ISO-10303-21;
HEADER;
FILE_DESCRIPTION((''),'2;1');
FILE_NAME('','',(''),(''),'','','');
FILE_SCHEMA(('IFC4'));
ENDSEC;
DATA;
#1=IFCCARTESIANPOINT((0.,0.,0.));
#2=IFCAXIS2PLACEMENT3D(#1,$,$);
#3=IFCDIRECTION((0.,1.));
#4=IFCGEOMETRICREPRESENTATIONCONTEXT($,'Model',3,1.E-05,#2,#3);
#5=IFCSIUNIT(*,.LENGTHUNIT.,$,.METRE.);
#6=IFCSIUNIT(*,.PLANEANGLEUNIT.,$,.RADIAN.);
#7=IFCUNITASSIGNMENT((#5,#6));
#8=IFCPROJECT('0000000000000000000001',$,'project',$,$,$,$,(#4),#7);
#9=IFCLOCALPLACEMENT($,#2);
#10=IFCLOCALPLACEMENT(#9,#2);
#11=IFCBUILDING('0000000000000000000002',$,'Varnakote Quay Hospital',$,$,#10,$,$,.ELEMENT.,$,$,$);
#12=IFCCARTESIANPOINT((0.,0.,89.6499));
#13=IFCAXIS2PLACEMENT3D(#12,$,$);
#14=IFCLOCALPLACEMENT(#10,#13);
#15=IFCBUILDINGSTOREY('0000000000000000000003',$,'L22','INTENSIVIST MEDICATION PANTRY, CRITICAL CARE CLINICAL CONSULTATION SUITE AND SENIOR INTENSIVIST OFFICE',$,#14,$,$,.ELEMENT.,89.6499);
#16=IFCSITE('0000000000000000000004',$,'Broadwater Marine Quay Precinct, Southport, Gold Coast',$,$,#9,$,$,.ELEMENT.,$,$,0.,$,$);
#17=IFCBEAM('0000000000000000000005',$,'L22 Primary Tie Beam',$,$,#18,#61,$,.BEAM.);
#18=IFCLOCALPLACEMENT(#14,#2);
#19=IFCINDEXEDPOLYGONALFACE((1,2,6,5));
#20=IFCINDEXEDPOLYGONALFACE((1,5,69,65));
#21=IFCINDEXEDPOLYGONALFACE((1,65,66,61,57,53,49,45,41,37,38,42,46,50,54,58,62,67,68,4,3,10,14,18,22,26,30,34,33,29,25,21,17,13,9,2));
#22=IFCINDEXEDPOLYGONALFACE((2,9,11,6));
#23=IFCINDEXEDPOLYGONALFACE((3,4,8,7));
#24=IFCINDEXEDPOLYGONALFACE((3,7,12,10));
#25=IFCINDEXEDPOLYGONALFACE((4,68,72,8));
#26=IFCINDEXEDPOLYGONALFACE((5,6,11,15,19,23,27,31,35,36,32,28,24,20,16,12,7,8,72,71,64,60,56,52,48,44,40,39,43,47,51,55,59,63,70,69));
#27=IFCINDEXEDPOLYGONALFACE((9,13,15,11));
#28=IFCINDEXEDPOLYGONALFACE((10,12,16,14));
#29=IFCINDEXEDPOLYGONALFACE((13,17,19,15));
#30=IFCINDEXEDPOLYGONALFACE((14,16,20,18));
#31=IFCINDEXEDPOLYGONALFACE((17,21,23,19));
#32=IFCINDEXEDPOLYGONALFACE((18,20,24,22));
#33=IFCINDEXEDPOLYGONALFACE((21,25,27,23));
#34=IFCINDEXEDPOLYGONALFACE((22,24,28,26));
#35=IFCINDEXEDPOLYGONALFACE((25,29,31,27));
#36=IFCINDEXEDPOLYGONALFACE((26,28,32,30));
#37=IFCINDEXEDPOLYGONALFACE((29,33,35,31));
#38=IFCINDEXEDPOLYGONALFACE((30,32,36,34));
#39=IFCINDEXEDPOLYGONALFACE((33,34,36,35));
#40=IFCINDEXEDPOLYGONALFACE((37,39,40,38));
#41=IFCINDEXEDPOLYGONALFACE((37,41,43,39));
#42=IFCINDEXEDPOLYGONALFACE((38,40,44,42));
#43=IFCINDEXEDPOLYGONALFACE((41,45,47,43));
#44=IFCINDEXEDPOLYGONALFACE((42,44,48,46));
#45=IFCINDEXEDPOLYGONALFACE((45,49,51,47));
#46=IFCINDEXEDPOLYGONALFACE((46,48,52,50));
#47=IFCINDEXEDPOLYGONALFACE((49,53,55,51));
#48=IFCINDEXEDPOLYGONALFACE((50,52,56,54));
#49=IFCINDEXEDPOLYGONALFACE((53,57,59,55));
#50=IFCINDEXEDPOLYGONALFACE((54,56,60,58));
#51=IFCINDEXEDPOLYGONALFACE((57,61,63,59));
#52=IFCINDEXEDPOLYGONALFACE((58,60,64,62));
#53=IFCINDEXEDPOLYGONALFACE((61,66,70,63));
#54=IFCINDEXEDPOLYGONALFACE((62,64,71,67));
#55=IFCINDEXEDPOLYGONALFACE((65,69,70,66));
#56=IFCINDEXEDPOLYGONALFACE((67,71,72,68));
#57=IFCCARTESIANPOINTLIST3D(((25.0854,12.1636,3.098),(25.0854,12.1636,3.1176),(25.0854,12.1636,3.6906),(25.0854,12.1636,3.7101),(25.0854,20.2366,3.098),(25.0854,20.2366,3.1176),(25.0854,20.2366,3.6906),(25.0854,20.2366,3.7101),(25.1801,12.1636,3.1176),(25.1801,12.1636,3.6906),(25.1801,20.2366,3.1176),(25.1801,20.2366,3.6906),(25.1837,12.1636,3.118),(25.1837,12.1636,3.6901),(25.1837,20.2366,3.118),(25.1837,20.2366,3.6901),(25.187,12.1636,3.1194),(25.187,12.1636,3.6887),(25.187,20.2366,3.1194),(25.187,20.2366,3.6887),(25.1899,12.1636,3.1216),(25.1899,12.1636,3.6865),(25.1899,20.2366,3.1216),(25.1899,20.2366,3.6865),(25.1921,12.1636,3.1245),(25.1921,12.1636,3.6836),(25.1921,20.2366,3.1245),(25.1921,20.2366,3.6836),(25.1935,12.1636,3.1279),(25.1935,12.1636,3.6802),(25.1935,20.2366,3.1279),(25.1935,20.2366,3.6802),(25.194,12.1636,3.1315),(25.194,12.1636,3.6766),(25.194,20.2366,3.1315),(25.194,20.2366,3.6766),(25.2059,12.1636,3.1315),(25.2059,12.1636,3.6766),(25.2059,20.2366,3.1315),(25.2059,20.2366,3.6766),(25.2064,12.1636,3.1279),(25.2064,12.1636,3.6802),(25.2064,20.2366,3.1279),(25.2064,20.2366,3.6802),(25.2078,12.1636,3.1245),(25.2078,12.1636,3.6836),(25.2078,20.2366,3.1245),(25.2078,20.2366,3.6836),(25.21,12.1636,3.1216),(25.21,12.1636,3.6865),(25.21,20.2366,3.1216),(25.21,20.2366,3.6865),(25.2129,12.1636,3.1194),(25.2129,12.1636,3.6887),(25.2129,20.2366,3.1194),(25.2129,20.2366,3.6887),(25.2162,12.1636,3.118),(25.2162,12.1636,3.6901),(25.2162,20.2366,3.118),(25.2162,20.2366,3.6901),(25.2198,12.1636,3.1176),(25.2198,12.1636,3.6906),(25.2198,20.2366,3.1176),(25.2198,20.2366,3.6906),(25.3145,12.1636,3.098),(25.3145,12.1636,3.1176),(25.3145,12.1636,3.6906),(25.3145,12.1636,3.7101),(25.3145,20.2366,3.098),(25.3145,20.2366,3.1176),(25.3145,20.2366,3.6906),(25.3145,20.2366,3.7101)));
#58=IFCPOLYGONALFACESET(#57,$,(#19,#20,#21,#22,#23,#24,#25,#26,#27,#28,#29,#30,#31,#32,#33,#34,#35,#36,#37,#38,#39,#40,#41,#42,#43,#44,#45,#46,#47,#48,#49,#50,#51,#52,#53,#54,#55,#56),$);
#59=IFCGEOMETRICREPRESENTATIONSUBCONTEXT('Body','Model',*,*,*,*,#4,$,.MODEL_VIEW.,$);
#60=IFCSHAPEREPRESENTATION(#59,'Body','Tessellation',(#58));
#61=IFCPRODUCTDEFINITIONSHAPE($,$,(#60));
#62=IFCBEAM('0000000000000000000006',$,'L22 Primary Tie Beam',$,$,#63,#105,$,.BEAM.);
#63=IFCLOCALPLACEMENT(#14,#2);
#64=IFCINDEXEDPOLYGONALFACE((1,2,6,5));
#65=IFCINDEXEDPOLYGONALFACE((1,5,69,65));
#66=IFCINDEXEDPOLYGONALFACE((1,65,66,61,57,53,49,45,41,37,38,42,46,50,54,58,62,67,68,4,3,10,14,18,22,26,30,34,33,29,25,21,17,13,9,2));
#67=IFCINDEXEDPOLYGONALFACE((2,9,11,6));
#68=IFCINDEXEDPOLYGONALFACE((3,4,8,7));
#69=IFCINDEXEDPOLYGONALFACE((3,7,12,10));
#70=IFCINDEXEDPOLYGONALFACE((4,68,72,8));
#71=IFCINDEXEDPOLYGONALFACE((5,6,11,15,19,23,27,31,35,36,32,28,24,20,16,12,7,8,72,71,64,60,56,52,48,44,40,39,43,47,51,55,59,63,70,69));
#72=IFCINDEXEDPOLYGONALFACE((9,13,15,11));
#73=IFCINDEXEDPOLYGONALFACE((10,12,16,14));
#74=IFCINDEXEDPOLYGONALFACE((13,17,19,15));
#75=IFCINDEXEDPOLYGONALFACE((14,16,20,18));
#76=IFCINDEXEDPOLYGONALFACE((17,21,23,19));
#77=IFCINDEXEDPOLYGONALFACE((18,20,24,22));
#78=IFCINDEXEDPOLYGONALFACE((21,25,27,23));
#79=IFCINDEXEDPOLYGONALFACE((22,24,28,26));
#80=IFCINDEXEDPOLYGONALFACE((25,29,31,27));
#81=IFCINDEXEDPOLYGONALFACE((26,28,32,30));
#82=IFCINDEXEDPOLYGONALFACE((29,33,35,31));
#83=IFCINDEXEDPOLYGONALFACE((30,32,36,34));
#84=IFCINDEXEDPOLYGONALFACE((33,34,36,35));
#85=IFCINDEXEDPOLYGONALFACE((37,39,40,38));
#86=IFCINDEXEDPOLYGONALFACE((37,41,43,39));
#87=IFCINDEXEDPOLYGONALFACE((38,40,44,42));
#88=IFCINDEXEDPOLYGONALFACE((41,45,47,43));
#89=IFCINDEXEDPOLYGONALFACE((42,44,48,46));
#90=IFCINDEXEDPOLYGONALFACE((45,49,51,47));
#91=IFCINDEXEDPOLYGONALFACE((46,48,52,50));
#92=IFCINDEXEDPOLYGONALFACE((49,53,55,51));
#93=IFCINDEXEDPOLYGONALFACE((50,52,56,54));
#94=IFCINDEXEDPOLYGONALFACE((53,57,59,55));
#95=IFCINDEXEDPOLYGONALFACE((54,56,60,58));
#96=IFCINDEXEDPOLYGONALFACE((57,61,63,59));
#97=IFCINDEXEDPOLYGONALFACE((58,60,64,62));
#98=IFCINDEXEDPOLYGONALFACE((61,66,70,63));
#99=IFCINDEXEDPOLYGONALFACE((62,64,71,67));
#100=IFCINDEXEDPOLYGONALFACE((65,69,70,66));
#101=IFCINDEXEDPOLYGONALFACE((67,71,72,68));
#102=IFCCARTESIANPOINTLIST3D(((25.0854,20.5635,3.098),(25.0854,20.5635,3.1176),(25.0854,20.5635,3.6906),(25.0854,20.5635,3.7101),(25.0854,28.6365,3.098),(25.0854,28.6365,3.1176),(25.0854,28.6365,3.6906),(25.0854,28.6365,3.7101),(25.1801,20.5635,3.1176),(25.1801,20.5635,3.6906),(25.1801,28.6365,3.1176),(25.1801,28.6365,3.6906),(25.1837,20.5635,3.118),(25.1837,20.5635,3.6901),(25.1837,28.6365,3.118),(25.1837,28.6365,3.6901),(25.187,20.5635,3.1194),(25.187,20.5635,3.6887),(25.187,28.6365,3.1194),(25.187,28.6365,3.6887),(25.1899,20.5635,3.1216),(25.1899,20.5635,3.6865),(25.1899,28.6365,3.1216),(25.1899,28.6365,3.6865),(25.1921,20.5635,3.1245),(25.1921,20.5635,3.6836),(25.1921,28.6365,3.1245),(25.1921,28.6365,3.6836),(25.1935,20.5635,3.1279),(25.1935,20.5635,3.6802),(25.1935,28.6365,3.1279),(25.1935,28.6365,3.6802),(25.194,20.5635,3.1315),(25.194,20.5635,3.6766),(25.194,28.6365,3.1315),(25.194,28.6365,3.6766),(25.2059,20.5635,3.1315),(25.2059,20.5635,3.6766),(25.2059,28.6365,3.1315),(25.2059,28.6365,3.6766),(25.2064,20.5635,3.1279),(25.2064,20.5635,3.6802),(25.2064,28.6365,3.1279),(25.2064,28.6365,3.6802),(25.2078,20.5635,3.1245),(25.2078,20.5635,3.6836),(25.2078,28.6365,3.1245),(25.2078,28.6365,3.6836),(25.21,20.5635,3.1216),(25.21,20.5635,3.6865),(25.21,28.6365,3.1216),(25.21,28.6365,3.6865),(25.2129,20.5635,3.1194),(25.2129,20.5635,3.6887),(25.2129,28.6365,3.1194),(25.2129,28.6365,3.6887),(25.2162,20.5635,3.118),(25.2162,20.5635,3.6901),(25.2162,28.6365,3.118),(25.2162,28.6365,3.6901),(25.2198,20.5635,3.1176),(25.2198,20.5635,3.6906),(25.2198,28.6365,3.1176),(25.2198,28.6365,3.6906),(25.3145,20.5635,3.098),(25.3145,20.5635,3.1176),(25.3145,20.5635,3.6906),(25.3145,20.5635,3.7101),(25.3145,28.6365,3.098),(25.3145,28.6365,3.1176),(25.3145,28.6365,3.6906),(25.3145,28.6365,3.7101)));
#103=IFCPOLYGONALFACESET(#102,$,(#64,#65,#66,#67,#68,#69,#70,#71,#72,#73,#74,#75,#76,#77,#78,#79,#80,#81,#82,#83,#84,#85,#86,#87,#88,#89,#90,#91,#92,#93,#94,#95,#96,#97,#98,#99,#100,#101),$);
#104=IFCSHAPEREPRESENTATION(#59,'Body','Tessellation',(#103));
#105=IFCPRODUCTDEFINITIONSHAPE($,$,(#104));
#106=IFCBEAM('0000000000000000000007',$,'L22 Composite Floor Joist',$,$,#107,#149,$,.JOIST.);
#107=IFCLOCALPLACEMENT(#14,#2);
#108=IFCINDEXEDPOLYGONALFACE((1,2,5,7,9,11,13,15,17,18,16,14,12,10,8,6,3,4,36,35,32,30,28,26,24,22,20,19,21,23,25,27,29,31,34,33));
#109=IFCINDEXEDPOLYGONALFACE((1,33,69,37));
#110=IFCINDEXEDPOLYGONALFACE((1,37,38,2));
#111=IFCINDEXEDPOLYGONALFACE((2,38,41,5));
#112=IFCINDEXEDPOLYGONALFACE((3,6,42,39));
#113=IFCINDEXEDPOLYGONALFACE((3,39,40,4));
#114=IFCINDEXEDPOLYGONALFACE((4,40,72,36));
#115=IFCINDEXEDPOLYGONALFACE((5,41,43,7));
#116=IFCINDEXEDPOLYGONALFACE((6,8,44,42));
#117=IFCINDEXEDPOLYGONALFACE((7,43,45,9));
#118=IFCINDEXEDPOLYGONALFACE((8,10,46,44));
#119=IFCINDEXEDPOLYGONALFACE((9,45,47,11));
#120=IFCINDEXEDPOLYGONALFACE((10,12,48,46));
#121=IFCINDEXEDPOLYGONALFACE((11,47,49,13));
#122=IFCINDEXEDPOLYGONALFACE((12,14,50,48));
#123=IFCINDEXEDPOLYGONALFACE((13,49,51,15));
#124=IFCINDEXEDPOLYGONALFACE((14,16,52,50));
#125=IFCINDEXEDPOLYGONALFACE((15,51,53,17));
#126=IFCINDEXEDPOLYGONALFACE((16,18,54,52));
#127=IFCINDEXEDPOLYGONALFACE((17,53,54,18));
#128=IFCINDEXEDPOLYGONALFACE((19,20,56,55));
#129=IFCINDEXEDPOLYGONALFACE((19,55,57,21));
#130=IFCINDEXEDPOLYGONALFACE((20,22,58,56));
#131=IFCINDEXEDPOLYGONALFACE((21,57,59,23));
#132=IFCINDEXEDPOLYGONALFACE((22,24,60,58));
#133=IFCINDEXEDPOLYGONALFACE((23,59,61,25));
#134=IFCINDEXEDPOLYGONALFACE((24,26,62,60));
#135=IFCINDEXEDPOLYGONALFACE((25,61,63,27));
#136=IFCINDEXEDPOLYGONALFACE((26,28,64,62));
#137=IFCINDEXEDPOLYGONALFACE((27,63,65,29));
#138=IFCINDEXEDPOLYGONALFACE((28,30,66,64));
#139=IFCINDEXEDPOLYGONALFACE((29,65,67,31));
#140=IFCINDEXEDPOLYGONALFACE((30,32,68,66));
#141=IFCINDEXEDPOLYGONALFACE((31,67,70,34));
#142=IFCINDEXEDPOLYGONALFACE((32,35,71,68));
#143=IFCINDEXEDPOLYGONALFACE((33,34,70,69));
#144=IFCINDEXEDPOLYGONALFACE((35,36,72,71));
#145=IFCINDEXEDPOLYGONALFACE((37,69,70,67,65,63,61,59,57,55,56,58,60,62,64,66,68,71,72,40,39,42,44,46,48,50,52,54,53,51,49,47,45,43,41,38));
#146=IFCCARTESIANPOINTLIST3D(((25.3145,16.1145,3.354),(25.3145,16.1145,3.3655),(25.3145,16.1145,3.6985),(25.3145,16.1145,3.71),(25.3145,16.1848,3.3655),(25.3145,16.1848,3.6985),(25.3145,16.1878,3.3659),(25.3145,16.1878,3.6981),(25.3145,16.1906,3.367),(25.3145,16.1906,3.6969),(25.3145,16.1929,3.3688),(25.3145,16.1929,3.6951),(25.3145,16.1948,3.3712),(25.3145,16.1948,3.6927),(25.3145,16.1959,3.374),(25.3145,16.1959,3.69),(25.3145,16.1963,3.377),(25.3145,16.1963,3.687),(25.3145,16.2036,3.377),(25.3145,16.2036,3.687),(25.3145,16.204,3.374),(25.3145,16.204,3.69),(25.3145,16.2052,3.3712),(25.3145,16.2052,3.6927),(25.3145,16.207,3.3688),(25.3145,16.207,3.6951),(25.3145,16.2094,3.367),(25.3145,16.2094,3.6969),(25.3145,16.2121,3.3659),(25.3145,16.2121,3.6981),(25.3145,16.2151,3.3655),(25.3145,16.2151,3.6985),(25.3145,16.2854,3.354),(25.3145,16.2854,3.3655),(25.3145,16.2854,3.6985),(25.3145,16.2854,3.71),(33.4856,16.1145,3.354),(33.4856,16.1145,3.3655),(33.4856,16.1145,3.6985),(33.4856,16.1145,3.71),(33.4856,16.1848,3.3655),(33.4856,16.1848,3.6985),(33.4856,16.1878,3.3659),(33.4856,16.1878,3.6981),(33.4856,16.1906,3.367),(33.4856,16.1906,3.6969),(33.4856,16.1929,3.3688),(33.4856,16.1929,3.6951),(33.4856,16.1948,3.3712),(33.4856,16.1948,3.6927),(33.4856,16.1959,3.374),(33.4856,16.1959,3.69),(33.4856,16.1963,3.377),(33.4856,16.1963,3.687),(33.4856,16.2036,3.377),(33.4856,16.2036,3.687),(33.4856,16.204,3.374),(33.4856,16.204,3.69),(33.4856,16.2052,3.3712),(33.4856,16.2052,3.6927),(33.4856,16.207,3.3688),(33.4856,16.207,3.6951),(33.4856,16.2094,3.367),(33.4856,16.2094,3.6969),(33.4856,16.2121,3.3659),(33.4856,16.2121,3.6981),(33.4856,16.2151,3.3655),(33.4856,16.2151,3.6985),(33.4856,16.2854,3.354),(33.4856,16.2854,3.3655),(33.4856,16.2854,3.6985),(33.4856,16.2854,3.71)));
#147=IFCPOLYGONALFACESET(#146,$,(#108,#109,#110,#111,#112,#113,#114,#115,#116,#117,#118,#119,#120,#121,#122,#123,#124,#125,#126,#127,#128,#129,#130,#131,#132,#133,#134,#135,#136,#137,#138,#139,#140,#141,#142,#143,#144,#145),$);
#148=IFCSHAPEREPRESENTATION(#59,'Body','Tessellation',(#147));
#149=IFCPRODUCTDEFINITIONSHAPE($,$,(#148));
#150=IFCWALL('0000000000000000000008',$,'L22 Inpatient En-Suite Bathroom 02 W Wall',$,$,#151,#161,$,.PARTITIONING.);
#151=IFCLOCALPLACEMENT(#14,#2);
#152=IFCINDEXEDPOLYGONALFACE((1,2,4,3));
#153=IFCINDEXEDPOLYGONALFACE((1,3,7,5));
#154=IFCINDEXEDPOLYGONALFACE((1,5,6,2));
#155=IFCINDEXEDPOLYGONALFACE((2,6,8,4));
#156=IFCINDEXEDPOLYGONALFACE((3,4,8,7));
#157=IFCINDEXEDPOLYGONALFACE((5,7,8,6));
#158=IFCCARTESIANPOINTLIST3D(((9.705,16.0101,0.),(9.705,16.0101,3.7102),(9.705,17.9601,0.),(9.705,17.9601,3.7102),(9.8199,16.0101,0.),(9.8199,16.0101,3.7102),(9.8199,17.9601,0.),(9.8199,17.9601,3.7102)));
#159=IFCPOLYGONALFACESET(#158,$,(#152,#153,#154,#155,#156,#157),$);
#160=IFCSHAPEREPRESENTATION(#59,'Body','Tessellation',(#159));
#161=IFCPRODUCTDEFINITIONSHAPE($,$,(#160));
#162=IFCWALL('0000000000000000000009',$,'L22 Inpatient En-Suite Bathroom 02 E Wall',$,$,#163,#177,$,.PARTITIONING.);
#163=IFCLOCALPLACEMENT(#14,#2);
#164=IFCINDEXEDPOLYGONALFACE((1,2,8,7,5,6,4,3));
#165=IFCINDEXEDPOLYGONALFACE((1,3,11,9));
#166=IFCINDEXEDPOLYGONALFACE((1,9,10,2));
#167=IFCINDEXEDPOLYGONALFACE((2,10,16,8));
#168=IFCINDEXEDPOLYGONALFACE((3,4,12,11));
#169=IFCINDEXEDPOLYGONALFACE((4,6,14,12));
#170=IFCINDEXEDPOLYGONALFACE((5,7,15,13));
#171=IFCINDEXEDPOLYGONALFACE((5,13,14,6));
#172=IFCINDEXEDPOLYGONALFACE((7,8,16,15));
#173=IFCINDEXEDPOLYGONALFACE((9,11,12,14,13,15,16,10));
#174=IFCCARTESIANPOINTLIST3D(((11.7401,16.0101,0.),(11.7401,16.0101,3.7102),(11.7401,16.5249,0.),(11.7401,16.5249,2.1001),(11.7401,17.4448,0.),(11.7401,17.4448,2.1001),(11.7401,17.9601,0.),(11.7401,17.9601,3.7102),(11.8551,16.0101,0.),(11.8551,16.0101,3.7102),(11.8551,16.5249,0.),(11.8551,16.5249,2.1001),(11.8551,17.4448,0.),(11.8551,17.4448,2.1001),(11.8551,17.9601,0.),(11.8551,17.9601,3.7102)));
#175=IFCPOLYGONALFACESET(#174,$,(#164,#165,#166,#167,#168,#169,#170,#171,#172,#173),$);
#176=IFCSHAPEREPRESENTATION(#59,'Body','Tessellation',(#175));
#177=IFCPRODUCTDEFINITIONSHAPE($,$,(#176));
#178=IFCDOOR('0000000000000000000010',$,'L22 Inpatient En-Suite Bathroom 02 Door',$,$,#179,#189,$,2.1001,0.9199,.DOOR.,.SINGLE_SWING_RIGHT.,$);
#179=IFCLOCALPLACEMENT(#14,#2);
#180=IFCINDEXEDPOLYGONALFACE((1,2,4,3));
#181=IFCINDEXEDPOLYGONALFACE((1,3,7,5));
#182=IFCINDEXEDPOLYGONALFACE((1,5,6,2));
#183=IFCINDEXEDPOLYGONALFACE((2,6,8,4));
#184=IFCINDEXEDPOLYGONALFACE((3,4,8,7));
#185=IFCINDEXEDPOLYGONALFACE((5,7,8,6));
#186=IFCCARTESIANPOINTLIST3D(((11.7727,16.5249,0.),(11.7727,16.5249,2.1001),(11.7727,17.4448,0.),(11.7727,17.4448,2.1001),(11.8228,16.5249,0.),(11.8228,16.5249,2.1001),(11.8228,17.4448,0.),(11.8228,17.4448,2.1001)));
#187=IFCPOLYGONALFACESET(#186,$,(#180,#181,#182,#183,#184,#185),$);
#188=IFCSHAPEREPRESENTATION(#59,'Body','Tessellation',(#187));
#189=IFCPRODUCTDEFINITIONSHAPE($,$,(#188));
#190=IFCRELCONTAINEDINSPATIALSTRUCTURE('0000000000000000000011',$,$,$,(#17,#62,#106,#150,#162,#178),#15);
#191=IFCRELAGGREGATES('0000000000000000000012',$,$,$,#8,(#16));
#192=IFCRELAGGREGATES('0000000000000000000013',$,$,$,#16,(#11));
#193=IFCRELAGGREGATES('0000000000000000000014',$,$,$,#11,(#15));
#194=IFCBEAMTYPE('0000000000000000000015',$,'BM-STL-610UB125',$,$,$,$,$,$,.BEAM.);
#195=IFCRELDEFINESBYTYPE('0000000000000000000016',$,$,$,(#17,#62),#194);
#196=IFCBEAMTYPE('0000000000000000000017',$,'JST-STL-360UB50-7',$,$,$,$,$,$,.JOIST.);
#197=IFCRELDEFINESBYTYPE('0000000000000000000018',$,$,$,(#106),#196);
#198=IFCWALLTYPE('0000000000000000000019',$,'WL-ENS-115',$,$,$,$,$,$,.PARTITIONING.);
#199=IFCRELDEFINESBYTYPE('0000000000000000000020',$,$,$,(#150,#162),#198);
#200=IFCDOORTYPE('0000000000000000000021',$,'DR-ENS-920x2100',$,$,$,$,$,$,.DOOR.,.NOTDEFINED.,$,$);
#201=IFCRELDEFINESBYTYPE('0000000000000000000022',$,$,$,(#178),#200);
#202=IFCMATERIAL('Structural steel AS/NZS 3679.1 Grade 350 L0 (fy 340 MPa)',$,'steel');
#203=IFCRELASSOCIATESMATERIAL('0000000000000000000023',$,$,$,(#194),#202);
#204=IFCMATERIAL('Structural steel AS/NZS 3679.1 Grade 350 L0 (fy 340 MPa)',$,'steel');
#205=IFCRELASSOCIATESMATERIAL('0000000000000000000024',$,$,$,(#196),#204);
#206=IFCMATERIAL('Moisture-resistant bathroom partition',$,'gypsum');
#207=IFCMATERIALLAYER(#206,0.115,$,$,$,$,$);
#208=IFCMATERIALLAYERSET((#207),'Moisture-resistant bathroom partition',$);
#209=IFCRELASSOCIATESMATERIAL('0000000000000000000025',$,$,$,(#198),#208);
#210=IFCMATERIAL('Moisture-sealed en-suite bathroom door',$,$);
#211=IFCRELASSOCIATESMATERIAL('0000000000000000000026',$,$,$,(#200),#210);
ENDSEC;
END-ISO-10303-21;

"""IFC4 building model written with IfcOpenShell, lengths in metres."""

from ifc_helpers import new_model, si_unit, direction, frame, frame_2d, origin, origin_2d, place, context, subcontext, project, spatial, rectangle, i_section, extrude, material, layer, layer_set, material_profile, profile_set, type_object, element, fill, save


model = new_model("IFC4")

# Units and contexts
model_context = context("Model", 3, precision=1e-05, world=origin(), true_north=direction((0.0, 1.0)))
body_context = subcontext(model_context, "Body", "Model", "MODEL_VIEW")
ifc_project = project(units=[si_unit("LENGTHUNIT", "METRE"), si_unit("PLANEANGLEUNIT", "RADIAN")], contexts=[model_context])

# Site, building, storey
site_placement = place(None, origin())
site = spatial("IfcSite", under=ifc_project, at=site_placement, Name="Broadwater Marine Quay Precinct, Southport, Gold Coast", CompositionType="ELEMENT", RefElevation=0.0)
building_placement = place(site_placement, origin())
building = spatial("IfcBuilding", under=site, at=building_placement, Name="Varnakote Quay Hospital", CompositionType="ELEMENT")
storey_placement = place(building_placement, frame((0.0, 0.0, 89.6499)))
storey = spatial("IfcBuildingStorey", under=building, at=storey_placement, Name="L22", Description="INTENSIVIST MEDICATION PANTRY, CRITICAL CARE CLINICAL CONSULTATION SUITE AND SENIOR INTENSIVIST OFFICE", CompositionType="ELEMENT", Elevation=89.6499)

# Beams
ifc_material_1 = material(Name="Structural steel AS/NZS 3679.1 Grade 350 L0 (fy 340 MPa)", Category="steel")
ifc_material_profile_1 = material_profile(ifc_material_1, i_section(OverallWidth=0.229, OverallDepth=0.6121, WebThickness=0.012, FlangeThickness=0.0195, FilletRadius=0.0139, at=origin_2d()), Name="610UB125")
ifc_profile_set_1 = profile_set([ifc_material_profile_1], Name="Structural steel AS/NZS 3679.1 Grade 350 L0 (fy 340 MPa)")
beam_type_1 = type_object("IfcBeamType", Name="BM-STL-610UB125", PredefinedType="BEAM", material=ifc_profile_set_1)
for number, where, z_axis, x_axis, name in (
    (1, (25.2, 12.1636, 3.4041), (0.0, 1.0, 0.0), (-1.0, 0.0, 0.0), "L22 Primary Tie Beam"),
    (2, (25.2, 20.5635, 3.4041), (0.0, 1.0, 0.0), (-1.0, 0.0, 0.0), "L22 Primary Tie Beam"),
):
    element("IfcBeam", number, at=place(storey_placement, frame(where, z_axis=z_axis, x_axis=x_axis)), inside=storey, type_object=beam_type_1, Name=name, PredefinedType="BEAM", context=body_context, shape_type="SweptSolid", body=[
        extrude(i_section(OverallWidth=0.229, OverallDepth=0.6121, WebThickness=0.012, FlangeThickness=0.0195, FilletRadius=0.0139, at=origin_2d()), origin(), (0.0, 0.0, 1.0), 8.073),
    ])
ifc_material_2 = material(Name="Structural steel AS/NZS 3679.1 Grade 350 L0 (fy 340 MPa)", Category="steel")
ifc_material_profile_2 = material_profile(ifc_material_2, i_section(OverallWidth=0.1709, OverallDepth=0.356, WebThickness=0.0073, FlangeThickness=0.0115, FilletRadius=0.0115, at=origin_2d()), Name="360UB50.7")
ifc_profile_set_2 = profile_set([ifc_material_profile_2], Name="Structural steel AS/NZS 3679.1 Grade 350 L0 (fy 340 MPa)")
beam_type_2 = type_object("IfcBeamType", Name="JST-STL-360UB50-7", PredefinedType="JOIST", material=ifc_profile_set_2)
beam_placement = place(storey_placement, frame((25.3145, 16.2, 3.532), z_axis=(1.0, 0.0, 0.0), x_axis=(0.0, 1.0, 0.0)))
element("IfcBeam", 3, at=beam_placement, inside=storey, type_object=beam_type_2, Name="L22 Composite Floor Joist", PredefinedType="JOIST", context=body_context, shape_type="SweptSolid", body=[
    extrude(i_section(OverallWidth=0.1709, OverallDepth=0.356, WebThickness=0.0073, FlangeThickness=0.0115, FilletRadius=0.0115, at=origin_2d()), origin(), (0.0, 0.0, 1.0), 8.1711),
])

# Wall
ifc_material_3 = material(Name="Moisture-resistant bathroom partition", Category="gypsum")
ifc_layer_1 = layer(ifc_material_3, 0.115)
ifc_layer_set_1 = layer_set([ifc_layer_1], Name="Moisture-resistant bathroom partition")
wall_type_1 = type_object("IfcWallType", Name="WL-ENS-115", PredefinedType="PARTITIONING", material=ifc_layer_set_1)
wall_1_placement = place(storey_placement, frame((9.7625, 16.01, 0.0), z_axis=(0.0, 0.0, 1.0), x_axis=(0.0, 1.0, 0.0)))
element("IfcWall", 4, at=wall_1_placement, inside=storey, type_object=wall_type_1, Name="L22 Inpatient En-Suite Bathroom 02 W Wall", PredefinedType="PARTITIONING", context=body_context, shape_type="SweptSolid", body=[
    extrude(rectangle(XDim=1.95, YDim=0.115, at=frame_2d((0.9751, 0.0))), origin(), (0.0, 0.0, 1.0), 3.7102),
])

# Wall, opening, door
wall_2_placement = place(storey_placement, frame((11.7976, 16.01, 0.0), z_axis=(0.0, 0.0, 1.0), x_axis=(0.0, 1.0, 0.0)))
wall_2 = element("IfcWall", 5, at=wall_2_placement, inside=storey, type_object=wall_type_1, Name="L22 Inpatient En-Suite Bathroom 02 E Wall", PredefinedType="PARTITIONING", context=body_context, shape_type="SweptSolid", body=[
    extrude(rectangle(XDim=1.95, YDim=0.115, at=frame_2d((0.9751, 0.0))), origin(), (0.0, 0.0, 1.0), 3.7102),
])
opening_1_placement = place(wall_2_placement, frame((0.5149, 0.0, 0.0)))
opening_1 = element("IfcOpeningElement", 6, at=opening_1_placement, cuts=wall_2, PredefinedType="OPENING", context=body_context, shape_type="SweptSolid", body=[
    extrude(rectangle(XDim=0.9199, YDim=2.1001, at=frame_2d((0.46, 1.05))), frame((0.0, 0.0674, 0.0), z_axis=(0.0, -1.0, 0.0), x_axis=(1.0, 0.0, 0.0)), (0.0, 0.0, 1.0), 0.135),
])
ifc_material_4 = material(Name="Moisture-sealed en-suite bathroom door")
door_type_1 = type_object("IfcDoorType", Name="DR-ENS-920x2100", OperationType="NOTDEFINED", PredefinedType="DOOR", material=ifc_material_4)
door_1_placement = place(opening_1_placement, origin())
door_1 = element("IfcDoor", 7, at=door_1_placement, inside=storey, type_object=door_type_1, Name="L22 Inpatient En-Suite Bathroom 02 Door", OperationType="SINGLE_SWING_RIGHT", OverallHeight=2.1001, OverallWidth=0.9199, PredefinedType="DOOR", context=body_context, shape_type="SweptSolid", body=[
    extrude(rectangle(XDim=0.9199, YDim=2.1001, at=frame_2d((0.46, 1.05))), frame((0.0, 0.0249, 0.0), z_axis=(0.0, -1.0, 0.0), x_axis=(1.0, 0.0, 0.0)), (0.0, 0.0, 1.0), 0.05),
])
fill(opening_1, door_1)

save(model, "model.ifc")
